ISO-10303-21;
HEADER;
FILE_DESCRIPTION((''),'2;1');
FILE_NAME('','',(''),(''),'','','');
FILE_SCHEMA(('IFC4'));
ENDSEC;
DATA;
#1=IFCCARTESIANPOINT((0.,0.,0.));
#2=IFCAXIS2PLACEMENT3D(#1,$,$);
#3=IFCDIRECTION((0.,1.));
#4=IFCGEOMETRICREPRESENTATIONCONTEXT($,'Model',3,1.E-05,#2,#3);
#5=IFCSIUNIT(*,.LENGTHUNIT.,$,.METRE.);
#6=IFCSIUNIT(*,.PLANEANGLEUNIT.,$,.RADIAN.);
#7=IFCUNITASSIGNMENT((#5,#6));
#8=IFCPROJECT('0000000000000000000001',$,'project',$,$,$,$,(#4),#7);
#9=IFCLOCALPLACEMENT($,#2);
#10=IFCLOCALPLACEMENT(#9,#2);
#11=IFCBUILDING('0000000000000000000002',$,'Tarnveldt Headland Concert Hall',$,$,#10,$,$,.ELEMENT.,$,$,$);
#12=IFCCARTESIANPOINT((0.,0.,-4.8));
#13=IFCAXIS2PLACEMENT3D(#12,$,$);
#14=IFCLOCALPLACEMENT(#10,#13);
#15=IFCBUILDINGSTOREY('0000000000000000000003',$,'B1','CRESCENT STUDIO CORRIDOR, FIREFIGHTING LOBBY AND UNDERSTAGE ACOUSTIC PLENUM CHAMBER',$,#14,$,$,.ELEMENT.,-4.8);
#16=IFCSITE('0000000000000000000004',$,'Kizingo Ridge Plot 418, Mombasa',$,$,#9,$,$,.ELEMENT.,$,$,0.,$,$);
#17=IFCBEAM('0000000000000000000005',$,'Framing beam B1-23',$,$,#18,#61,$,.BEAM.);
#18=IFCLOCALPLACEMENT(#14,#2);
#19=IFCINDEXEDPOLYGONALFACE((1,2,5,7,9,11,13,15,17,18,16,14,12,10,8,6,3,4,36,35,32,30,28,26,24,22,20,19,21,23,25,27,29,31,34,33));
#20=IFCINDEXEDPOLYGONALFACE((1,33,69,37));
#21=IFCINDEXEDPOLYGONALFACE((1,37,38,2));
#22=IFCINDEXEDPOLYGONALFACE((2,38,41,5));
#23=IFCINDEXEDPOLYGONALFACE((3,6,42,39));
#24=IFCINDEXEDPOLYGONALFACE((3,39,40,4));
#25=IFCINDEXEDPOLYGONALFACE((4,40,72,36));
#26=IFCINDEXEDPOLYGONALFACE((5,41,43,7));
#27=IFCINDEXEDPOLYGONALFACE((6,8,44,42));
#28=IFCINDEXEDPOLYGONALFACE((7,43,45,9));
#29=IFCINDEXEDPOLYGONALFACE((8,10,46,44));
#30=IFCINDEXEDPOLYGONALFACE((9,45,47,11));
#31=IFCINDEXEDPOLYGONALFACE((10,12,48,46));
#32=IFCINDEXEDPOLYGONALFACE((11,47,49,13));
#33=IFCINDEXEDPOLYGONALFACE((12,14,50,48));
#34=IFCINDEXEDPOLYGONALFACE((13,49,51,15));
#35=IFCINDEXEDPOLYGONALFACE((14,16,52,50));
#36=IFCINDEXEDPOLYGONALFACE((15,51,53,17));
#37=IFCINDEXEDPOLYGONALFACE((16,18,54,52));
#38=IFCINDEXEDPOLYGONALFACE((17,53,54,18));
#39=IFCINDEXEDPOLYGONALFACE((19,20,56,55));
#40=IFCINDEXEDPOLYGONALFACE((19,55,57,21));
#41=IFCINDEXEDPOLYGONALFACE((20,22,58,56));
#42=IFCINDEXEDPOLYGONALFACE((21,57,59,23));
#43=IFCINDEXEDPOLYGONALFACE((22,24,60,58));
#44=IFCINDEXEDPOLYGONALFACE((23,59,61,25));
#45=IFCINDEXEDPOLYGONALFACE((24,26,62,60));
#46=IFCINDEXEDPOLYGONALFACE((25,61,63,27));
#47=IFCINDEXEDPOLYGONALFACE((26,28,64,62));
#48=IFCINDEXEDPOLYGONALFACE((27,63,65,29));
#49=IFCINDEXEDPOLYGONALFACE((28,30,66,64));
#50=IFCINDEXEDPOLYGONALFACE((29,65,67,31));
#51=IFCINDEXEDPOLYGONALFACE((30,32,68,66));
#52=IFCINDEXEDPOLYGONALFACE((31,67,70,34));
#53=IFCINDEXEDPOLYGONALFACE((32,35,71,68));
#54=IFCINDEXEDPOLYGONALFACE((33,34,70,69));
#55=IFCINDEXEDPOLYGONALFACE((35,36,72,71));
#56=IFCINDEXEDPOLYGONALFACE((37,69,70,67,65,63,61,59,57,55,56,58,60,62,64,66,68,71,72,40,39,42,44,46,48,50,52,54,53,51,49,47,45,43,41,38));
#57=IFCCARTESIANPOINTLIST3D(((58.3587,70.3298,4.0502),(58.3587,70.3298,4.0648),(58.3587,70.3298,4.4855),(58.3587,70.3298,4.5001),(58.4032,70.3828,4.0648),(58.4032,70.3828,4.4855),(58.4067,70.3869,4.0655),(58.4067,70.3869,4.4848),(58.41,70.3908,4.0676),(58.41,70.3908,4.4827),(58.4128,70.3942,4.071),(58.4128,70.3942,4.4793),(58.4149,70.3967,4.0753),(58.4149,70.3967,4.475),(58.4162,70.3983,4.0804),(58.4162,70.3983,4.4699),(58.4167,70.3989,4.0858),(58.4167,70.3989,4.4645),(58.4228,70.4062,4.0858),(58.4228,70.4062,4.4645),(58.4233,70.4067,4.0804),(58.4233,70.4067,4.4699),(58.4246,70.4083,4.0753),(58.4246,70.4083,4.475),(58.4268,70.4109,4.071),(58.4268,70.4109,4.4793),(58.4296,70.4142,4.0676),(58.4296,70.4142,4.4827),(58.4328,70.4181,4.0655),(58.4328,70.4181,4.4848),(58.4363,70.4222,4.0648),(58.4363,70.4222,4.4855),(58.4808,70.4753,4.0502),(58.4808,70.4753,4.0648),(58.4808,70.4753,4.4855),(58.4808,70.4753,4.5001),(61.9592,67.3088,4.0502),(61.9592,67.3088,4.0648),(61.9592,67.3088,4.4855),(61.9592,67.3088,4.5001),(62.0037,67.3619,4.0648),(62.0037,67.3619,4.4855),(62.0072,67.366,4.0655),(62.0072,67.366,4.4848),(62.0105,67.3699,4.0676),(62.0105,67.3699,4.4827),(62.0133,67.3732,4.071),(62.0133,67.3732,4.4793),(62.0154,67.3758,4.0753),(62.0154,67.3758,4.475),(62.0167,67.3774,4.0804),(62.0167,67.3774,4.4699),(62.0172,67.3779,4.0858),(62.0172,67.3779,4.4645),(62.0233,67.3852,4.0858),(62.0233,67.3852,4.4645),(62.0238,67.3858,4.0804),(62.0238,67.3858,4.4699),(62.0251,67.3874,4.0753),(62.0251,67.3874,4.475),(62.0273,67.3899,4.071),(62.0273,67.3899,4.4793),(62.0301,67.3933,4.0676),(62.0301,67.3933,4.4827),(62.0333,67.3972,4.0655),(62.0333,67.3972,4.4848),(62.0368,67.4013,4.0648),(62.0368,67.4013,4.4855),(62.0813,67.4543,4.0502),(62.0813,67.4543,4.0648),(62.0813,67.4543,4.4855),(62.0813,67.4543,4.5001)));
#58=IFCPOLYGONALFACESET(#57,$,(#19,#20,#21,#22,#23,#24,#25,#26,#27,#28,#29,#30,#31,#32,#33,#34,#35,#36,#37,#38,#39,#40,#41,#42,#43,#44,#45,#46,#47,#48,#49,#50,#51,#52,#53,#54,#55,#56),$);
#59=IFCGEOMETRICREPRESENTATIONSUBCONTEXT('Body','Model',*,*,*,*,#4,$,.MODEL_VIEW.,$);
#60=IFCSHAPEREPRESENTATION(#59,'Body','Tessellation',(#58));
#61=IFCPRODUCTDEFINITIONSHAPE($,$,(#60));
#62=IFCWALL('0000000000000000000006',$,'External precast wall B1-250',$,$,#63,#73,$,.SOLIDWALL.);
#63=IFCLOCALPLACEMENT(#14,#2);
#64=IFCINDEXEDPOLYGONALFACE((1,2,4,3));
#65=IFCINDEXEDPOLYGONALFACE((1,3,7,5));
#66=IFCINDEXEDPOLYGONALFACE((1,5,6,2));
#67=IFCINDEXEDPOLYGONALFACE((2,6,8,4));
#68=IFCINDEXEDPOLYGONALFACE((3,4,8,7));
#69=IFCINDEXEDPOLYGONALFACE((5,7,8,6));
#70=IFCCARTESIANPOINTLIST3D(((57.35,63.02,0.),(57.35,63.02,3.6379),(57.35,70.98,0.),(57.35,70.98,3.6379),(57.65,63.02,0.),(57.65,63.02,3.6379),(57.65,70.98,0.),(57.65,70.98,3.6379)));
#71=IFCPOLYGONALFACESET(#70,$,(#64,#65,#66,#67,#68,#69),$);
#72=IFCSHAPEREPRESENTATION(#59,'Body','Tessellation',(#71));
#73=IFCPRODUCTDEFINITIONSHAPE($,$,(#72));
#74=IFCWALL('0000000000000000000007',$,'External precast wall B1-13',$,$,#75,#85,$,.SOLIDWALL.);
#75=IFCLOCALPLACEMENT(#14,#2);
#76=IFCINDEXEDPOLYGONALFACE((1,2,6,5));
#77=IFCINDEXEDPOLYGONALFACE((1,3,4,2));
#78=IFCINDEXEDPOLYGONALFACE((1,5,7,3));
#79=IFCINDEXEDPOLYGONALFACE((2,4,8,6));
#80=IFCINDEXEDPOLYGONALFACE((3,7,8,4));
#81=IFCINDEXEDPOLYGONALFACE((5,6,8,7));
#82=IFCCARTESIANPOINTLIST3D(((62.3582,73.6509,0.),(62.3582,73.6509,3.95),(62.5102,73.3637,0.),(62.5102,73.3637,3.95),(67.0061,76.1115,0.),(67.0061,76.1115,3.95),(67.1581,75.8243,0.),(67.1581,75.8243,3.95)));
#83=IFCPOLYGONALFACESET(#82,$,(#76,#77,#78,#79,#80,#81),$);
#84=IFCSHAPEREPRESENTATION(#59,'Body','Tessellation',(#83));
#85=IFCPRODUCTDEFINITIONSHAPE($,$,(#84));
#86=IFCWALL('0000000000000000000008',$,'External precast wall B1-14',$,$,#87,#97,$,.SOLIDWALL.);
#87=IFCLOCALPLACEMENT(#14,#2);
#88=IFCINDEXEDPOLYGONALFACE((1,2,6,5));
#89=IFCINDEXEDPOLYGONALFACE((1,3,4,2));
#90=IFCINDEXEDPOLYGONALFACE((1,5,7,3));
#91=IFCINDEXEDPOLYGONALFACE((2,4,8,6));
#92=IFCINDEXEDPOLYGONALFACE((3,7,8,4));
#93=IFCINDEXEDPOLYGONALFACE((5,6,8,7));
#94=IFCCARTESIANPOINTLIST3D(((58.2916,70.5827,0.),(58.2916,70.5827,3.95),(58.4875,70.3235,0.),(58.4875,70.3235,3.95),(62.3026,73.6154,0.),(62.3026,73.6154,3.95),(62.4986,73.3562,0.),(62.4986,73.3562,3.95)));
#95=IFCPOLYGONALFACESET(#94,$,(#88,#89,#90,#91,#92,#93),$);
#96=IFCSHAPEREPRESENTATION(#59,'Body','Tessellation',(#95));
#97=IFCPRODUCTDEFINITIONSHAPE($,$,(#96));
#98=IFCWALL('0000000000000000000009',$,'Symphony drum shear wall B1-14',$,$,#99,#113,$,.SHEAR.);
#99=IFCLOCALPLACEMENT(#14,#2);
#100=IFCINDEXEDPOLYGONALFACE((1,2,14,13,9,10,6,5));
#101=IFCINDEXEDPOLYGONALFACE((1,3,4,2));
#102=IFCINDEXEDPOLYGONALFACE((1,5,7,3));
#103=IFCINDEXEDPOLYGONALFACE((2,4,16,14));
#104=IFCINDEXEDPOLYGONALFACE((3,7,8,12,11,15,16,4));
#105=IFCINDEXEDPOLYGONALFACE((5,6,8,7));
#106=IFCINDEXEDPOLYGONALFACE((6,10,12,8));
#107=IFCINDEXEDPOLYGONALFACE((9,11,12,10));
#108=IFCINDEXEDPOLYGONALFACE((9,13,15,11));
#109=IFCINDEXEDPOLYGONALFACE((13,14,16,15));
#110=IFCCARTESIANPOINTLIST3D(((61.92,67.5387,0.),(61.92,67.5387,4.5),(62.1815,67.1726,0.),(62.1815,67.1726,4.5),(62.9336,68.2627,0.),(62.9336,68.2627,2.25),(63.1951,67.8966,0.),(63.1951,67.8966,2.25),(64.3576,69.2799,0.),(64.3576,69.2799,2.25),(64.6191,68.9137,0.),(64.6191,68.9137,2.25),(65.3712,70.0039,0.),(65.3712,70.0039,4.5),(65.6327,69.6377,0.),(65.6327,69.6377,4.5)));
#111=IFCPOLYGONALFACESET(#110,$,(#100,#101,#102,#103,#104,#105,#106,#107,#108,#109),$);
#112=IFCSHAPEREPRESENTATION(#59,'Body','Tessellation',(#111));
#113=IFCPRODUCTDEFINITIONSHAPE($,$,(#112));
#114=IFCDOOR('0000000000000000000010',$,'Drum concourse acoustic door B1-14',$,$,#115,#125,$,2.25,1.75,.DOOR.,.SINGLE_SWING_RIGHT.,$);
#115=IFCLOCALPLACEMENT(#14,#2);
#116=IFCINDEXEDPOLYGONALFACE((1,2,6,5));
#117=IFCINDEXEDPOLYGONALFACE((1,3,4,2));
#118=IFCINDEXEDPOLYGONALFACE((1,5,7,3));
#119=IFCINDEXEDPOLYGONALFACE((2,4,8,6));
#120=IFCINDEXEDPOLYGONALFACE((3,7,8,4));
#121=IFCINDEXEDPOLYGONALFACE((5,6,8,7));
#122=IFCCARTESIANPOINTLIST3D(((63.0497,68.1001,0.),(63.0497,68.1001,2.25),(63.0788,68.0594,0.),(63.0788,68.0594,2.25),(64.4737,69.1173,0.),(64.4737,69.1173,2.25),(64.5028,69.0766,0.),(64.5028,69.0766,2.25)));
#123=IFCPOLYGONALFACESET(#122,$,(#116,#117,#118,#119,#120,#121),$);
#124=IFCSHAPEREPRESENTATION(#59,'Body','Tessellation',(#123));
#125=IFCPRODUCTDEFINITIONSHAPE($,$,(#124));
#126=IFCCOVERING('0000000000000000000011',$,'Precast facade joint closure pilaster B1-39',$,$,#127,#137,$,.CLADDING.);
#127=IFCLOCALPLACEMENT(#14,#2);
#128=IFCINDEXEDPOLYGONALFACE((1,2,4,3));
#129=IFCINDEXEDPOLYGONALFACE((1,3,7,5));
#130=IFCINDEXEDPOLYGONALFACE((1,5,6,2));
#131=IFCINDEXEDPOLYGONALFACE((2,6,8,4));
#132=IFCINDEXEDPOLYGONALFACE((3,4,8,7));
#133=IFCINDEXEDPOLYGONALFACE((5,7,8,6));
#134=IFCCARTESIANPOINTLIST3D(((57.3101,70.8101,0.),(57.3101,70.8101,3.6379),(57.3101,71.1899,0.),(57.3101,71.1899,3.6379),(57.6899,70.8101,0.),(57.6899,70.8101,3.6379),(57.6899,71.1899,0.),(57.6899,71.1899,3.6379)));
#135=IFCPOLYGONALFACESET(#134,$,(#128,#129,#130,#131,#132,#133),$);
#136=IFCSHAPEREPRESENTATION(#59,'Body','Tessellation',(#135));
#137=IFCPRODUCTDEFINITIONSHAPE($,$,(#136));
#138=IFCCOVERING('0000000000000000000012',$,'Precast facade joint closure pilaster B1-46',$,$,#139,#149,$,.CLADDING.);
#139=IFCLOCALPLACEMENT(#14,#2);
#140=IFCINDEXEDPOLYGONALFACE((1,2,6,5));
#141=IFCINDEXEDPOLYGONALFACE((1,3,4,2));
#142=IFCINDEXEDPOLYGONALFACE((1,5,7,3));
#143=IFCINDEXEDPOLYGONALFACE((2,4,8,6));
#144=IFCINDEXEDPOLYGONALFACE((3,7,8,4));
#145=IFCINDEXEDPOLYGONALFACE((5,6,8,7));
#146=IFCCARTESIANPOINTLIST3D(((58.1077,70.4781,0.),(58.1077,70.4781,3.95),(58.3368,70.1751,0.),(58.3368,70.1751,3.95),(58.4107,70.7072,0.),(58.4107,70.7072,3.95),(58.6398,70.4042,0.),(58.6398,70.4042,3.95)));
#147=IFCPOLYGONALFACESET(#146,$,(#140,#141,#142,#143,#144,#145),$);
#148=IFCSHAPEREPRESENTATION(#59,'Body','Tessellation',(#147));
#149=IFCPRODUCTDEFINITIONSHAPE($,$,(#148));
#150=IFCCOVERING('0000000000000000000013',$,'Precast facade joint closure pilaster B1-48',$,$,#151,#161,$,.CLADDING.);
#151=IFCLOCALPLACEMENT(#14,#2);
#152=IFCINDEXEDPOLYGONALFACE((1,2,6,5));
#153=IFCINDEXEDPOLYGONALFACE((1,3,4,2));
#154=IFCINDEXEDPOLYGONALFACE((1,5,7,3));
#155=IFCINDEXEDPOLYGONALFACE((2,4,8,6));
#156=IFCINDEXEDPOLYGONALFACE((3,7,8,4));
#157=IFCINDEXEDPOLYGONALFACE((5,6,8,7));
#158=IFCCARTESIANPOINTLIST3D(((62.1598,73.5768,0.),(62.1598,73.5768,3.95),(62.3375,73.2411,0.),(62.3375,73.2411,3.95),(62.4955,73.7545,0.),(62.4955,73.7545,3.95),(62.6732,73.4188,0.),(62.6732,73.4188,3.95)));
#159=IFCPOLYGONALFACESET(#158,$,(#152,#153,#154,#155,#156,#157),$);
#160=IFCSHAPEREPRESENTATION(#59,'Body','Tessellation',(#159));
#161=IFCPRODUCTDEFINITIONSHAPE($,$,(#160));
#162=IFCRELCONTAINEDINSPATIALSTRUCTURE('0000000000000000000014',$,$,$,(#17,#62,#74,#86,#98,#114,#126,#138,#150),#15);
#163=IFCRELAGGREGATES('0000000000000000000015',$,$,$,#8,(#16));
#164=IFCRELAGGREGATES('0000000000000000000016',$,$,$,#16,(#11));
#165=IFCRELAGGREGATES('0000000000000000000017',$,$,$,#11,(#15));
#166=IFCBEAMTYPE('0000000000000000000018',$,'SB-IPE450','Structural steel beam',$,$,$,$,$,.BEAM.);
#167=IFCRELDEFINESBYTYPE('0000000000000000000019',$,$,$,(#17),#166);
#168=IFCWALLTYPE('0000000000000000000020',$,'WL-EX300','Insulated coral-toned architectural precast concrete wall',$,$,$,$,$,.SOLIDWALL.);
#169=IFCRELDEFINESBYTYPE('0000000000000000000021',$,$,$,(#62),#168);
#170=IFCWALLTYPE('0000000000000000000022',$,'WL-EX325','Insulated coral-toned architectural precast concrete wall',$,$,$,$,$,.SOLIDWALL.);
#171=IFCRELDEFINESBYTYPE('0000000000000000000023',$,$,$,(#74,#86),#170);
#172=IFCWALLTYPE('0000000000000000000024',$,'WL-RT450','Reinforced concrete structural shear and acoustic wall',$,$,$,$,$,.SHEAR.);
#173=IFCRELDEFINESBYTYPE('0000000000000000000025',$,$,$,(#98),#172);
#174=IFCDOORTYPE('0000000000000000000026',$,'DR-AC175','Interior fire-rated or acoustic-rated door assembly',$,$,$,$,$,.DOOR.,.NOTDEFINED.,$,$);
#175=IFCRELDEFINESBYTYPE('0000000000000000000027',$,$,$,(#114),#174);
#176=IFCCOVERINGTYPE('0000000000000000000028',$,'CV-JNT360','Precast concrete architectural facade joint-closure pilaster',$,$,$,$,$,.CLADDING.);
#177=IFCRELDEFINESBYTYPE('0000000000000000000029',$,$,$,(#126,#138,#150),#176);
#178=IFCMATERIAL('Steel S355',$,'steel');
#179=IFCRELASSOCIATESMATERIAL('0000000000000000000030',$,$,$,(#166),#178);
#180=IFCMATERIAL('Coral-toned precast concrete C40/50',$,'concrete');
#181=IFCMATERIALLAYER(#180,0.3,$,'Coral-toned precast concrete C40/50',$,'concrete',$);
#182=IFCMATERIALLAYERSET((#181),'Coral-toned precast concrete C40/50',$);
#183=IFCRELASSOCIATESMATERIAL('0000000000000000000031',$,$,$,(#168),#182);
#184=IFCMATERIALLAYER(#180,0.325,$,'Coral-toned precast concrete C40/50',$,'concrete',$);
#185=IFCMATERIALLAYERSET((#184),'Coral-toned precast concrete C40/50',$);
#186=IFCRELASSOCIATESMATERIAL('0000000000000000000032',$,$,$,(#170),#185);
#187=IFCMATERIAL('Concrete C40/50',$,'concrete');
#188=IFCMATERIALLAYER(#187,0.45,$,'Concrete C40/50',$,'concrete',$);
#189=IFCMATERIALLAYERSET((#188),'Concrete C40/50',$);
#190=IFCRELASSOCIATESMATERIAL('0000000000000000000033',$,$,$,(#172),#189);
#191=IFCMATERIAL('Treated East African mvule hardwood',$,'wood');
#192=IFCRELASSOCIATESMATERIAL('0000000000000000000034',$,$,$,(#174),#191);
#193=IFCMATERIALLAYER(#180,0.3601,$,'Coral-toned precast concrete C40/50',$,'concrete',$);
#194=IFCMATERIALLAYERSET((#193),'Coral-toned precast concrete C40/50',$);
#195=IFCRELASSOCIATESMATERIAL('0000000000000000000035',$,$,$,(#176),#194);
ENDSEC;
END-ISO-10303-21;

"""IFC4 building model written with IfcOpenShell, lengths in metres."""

from ifc_helpers import new_model, si_unit, direction, frame, frame_2d, origin, origin_2d, place, context, subcontext, project, spatial, rectangle, i_section, extrude, material, layer, layer_set, material_profile, profile_set, type_object, element, fill, save


model = new_model("IFC4")

# Units and contexts
model_context = context("Model", 3, precision=1e-05, world=origin(), true_north=direction((0.0, 1.0)))
body_context = subcontext(model_context, "Body", "Model", "MODEL_VIEW")
ifc_project = project(units=[si_unit("LENGTHUNIT", "METRE"), si_unit("PLANEANGLEUNIT", "RADIAN")], contexts=[model_context])

# Site, building, storey
site_placement = place(None, origin())
site = spatial("IfcSite", under=ifc_project, at=site_placement, Name="Kizingo Ridge Plot 418, Mombasa", CompositionType="ELEMENT", RefElevation=0.0)
building_placement = place(site_placement, origin())
building = spatial("IfcBuilding", under=site, at=building_placement, Name="Tarnveldt Headland Concert Hall", CompositionType="ELEMENT")
storey_placement = place(building_placement, frame((0.0, 0.0, -4.8)))
storey = spatial("IfcBuildingStorey", under=building, at=storey_placement, Name="B1", Description="CRESCENT STUDIO CORRIDOR, FIREFIGHTING LOBBY AND UNDERSTAGE ACOUSTIC PLENUM CHAMBER", CompositionType="ELEMENT", Elevation=-4.8)

# Shared definitions
ifc_material_1 = material(Name="Concrete C40/50", Category="concrete")

# Beam
ifc_material_2 = material(Name="Steel S355", Category="steel")
ifc_material_profile_1 = material_profile(ifc_material_2, i_section(OverallWidth=0.1899, OverallDepth=0.45, WebThickness=0.0095, FlangeThickness=0.0146, FilletRadius=0.021, at=origin_2d()), Name="IPE450", Category="steel")
ifc_profile_set_1 = profile_set([ifc_material_profile_1], Name="Steel S355")
beam_type_1 = type_object("IfcBeamType", Name="SB-IPE450", Description="Structural steel beam", PredefinedType="BEAM", material=ifc_profile_set_1)
beam_1_placement = place(storey_placement, frame((62.0203, 67.3816, 4.2751), z_axis=(-0.766071, 0.642756, 0.0), x_axis=(-0.642756, -0.766071, 0.0)))
element("IfcBeam", 1, at=beam_1_placement, inside=storey, type_object=beam_type_1, Name="Framing beam B1-23", PredefinedType="BEAM", context=body_context, shape_type="SweptSolid", body=[
    extrude(i_section(OverallWidth=0.1899, OverallDepth=0.45, WebThickness=0.0095, FlangeThickness=0.0146, FilletRadius=0.021, at=origin_2d()), origin(), (0.0, 0.0, 1.0), 4.7),
])

# Walls
ifc_material_3 = material(Name="Coral-toned precast concrete C40/50", Category="concrete")
ifc_layer_1 = layer(ifc_material_3, 0.3, Name="Coral-toned precast concrete C40/50", Category="concrete")
ifc_layer_set_1 = layer_set([ifc_layer_1], Name="Coral-toned precast concrete C40/50")
wall_type_1 = type_object("IfcWallType", Name="WL-EX300", Description="Insulated coral-toned architectural precast concrete wall", PredefinedType="SOLIDWALL", material=ifc_layer_set_1)
wall_1_placement = place(storey_placement, frame((57.5, 70.98, 0.0), z_axis=(0.0, 0.0, 1.0), x_axis=(0.0, -1.0, 0.0)))
element("IfcWall", 2, at=wall_1_placement, inside=storey, type_object=wall_type_1, Name="External precast wall B1-250", PredefinedType="SOLIDWALL", context=body_context, shape_type="SweptSolid", body=[
    extrude(rectangle(XDim=7.96, YDim=0.3, at=frame_2d((3.98, 0.0))), origin(), (0.0, 0.0, 1.0), 3.6379),
])
ifc_layer_2 = layer(ifc_material_3, 0.325, Name="Coral-toned precast concrete C40/50", Category="concrete")
ifc_layer_set_2 = layer_set([ifc_layer_2], Name="Coral-toned precast concrete C40/50")
wall_type_2 = type_object("IfcWallType", Name="WL-EX325", Description="Insulated coral-toned architectural precast concrete wall", PredefinedType="SOLIDWALL", material=ifc_layer_set_2)
wall_2_placement = place(storey_placement, frame((62.4343, 73.5073, 0.0), z_axis=(0.0, 0.0, 1.0), x_axis=(0.883787, 0.46789, 0.0)))
element("IfcWall", 3, at=wall_2_placement, inside=storey, type_object=wall_type_2, Name="External precast wall B1-13", PredefinedType="SOLIDWALL", context=body_context, shape_type="SweptSolid", body=[
    extrude(rectangle(XDim=5.259, YDim=0.325, at=frame_2d((2.6294, 0.0))), origin(), (0.0, 0.0, 1.0), 3.95),
])
wall_3_placement = place(storey_placement, frame((58.3896, 70.4531, 0.0), z_axis=(0.0, 0.0, 1.0), x_axis=(0.797658, 0.603111, 0.0)))
element("IfcWall", 4, at=wall_3_placement, inside=storey, type_object=wall_type_2, Name="External precast wall B1-14", PredefinedType="SOLIDWALL", context=body_context, shape_type="SweptSolid", body=[
    extrude(rectangle(XDim=5.0286, YDim=0.325, at=frame_2d((2.5142, 0.0))), origin(), (0.0, 0.0, 1.0), 3.95),
])

# Wall, opening, door
ifc_layer_3 = layer(ifc_material_1, 0.45, Name="Concrete C40/50", Category="concrete")
ifc_layer_set_3 = layer_set([ifc_layer_3], Name="Concrete C40/50")
wall_type_3 = type_object("IfcWallType", Name="WL-RT450", Description="Reinforced concrete structural shear and acoustic wall", PredefinedType="SHEAR", material=ifc_layer_set_3)
wall_4_placement = place(storey_placement, frame((65.502, 69.8208, 0.0), z_axis=(0.0, 0.0, 1.0), x_axis=(-0.813737, -0.581233, 0.0)))
wall_4 = element("IfcWall", 5, at=wall_4_placement, inside=storey, type_object=wall_type_3, Name="Symphony drum shear wall B1-14", PredefinedType="SHEAR", context=body_context, shape_type="SweptSolid", body=[
    extrude(rectangle(XDim=4.2412, YDim=0.45, at=frame_2d((2.1206, 0.0))), origin(), (0.0, 0.0, 1.0), 4.5),
])
opening_placement = place(wall_4_placement, frame((1.2456, 0.0, 0.0)))
opening = element("IfcOpeningElement", 6, at=opening_placement, cuts=wall_4, PredefinedType="OPENING", context=body_context, shape_type="SweptSolid", body=[
    extrude(rectangle(XDim=1.75, YDim=2.25, at=frame_2d((0.875, 1.125))), frame((0.0, 0.2349, 0.0), z_axis=(0.0, -1.0, 0.0), x_axis=(1.0, 0.0, 0.0)), (0.0, 0.0, 1.0), 0.47),
])
ifc_material_4 = material(Name="Treated East African mvule hardwood", Category="wood")
door_type = type_object("IfcDoorType", Name="DR-AC175", Description="Interior fire-rated or acoustic-rated door assembly", OperationType="NOTDEFINED", PredefinedType="DOOR", material=ifc_material_4)
door_placement = place(opening_placement, origin())
door = element("IfcDoor", 7, at=door_placement, inside=storey, type_object=door_type, Name="Drum concourse acoustic door B1-14", OperationType="SINGLE_SWING_RIGHT", OverallHeight=2.25, OverallWidth=1.75, PredefinedType="DOOR", context=body_context, shape_type="SweptSolid", body=[
    extrude(rectangle(XDim=1.75, YDim=2.25, at=frame_2d((0.875, 1.125))), frame((0.0, 0.0249, 0.0), z_axis=(0.0, -1.0, 0.0), x_axis=(1.0, 0.0, 0.0)), (0.0, 0.0, 1.0), 0.05),
])
fill(opening, door)

# Coverings
ifc_layer_4 = layer(ifc_material_3, 0.3601, Name="Coral-toned precast concrete C40/50", Category="concrete")
ifc_layer_set_4 = layer_set([ifc_layer_4], Name="Coral-toned precast concrete C40/50")
covering_type = type_object("IfcCoveringType", Name="CV-JNT360", Description="Precast concrete architectural facade joint-closure pilaster", PredefinedType="CLADDING", material=ifc_layer_set_4)
covering_placement = place(storey_placement, frame((57.5, 71.0, 0.0), z_axis=(0.0, 0.0, 1.0), x_axis=(0.0, -1.0, 0.0)))
element("IfcCovering", 8, at=covering_placement, inside=storey, type_object=covering_type, Name="Precast facade joint closure pilaster B1-39", PredefinedType="CLADDING", context=body_context, shape_type="SweptSolid", body=[
    extrude(rectangle(XDim=0.3799, YDim=0.3799, at=origin_2d()), origin(), (0.0, 0.0, 1.0), 3.6379),
])
for number, where, z_axis, x_axis, name in (
    (9, (58.3738, 70.4412, 0.0), (0.0, 0.0, 1.0), (0.797689, 0.603069, 0.0), "Precast facade joint closure pilaster B1-46"),
    (10, (62.4165, 73.4978, 0.0), (0.0, 0.0, 1.0), (0.883766, 0.46793, 0.0), "Precast facade joint closure pilaster B1-48"),
):
    element("IfcCovering", number, at=place(storey_placement, frame(where, z_axis=z_axis, x_axis=x_axis)), inside=storey, type_object=covering_type, Name=name, PredefinedType="CLADDING", context=body_context, shape_type="SweptSolid", body=[
        extrude(rectangle(XDim=0.3799, YDim=0.3799, at=origin_2d()), origin(), (0.0, 0.0, 1.0), 3.95),
    ])

save(model, "model.ifc")
